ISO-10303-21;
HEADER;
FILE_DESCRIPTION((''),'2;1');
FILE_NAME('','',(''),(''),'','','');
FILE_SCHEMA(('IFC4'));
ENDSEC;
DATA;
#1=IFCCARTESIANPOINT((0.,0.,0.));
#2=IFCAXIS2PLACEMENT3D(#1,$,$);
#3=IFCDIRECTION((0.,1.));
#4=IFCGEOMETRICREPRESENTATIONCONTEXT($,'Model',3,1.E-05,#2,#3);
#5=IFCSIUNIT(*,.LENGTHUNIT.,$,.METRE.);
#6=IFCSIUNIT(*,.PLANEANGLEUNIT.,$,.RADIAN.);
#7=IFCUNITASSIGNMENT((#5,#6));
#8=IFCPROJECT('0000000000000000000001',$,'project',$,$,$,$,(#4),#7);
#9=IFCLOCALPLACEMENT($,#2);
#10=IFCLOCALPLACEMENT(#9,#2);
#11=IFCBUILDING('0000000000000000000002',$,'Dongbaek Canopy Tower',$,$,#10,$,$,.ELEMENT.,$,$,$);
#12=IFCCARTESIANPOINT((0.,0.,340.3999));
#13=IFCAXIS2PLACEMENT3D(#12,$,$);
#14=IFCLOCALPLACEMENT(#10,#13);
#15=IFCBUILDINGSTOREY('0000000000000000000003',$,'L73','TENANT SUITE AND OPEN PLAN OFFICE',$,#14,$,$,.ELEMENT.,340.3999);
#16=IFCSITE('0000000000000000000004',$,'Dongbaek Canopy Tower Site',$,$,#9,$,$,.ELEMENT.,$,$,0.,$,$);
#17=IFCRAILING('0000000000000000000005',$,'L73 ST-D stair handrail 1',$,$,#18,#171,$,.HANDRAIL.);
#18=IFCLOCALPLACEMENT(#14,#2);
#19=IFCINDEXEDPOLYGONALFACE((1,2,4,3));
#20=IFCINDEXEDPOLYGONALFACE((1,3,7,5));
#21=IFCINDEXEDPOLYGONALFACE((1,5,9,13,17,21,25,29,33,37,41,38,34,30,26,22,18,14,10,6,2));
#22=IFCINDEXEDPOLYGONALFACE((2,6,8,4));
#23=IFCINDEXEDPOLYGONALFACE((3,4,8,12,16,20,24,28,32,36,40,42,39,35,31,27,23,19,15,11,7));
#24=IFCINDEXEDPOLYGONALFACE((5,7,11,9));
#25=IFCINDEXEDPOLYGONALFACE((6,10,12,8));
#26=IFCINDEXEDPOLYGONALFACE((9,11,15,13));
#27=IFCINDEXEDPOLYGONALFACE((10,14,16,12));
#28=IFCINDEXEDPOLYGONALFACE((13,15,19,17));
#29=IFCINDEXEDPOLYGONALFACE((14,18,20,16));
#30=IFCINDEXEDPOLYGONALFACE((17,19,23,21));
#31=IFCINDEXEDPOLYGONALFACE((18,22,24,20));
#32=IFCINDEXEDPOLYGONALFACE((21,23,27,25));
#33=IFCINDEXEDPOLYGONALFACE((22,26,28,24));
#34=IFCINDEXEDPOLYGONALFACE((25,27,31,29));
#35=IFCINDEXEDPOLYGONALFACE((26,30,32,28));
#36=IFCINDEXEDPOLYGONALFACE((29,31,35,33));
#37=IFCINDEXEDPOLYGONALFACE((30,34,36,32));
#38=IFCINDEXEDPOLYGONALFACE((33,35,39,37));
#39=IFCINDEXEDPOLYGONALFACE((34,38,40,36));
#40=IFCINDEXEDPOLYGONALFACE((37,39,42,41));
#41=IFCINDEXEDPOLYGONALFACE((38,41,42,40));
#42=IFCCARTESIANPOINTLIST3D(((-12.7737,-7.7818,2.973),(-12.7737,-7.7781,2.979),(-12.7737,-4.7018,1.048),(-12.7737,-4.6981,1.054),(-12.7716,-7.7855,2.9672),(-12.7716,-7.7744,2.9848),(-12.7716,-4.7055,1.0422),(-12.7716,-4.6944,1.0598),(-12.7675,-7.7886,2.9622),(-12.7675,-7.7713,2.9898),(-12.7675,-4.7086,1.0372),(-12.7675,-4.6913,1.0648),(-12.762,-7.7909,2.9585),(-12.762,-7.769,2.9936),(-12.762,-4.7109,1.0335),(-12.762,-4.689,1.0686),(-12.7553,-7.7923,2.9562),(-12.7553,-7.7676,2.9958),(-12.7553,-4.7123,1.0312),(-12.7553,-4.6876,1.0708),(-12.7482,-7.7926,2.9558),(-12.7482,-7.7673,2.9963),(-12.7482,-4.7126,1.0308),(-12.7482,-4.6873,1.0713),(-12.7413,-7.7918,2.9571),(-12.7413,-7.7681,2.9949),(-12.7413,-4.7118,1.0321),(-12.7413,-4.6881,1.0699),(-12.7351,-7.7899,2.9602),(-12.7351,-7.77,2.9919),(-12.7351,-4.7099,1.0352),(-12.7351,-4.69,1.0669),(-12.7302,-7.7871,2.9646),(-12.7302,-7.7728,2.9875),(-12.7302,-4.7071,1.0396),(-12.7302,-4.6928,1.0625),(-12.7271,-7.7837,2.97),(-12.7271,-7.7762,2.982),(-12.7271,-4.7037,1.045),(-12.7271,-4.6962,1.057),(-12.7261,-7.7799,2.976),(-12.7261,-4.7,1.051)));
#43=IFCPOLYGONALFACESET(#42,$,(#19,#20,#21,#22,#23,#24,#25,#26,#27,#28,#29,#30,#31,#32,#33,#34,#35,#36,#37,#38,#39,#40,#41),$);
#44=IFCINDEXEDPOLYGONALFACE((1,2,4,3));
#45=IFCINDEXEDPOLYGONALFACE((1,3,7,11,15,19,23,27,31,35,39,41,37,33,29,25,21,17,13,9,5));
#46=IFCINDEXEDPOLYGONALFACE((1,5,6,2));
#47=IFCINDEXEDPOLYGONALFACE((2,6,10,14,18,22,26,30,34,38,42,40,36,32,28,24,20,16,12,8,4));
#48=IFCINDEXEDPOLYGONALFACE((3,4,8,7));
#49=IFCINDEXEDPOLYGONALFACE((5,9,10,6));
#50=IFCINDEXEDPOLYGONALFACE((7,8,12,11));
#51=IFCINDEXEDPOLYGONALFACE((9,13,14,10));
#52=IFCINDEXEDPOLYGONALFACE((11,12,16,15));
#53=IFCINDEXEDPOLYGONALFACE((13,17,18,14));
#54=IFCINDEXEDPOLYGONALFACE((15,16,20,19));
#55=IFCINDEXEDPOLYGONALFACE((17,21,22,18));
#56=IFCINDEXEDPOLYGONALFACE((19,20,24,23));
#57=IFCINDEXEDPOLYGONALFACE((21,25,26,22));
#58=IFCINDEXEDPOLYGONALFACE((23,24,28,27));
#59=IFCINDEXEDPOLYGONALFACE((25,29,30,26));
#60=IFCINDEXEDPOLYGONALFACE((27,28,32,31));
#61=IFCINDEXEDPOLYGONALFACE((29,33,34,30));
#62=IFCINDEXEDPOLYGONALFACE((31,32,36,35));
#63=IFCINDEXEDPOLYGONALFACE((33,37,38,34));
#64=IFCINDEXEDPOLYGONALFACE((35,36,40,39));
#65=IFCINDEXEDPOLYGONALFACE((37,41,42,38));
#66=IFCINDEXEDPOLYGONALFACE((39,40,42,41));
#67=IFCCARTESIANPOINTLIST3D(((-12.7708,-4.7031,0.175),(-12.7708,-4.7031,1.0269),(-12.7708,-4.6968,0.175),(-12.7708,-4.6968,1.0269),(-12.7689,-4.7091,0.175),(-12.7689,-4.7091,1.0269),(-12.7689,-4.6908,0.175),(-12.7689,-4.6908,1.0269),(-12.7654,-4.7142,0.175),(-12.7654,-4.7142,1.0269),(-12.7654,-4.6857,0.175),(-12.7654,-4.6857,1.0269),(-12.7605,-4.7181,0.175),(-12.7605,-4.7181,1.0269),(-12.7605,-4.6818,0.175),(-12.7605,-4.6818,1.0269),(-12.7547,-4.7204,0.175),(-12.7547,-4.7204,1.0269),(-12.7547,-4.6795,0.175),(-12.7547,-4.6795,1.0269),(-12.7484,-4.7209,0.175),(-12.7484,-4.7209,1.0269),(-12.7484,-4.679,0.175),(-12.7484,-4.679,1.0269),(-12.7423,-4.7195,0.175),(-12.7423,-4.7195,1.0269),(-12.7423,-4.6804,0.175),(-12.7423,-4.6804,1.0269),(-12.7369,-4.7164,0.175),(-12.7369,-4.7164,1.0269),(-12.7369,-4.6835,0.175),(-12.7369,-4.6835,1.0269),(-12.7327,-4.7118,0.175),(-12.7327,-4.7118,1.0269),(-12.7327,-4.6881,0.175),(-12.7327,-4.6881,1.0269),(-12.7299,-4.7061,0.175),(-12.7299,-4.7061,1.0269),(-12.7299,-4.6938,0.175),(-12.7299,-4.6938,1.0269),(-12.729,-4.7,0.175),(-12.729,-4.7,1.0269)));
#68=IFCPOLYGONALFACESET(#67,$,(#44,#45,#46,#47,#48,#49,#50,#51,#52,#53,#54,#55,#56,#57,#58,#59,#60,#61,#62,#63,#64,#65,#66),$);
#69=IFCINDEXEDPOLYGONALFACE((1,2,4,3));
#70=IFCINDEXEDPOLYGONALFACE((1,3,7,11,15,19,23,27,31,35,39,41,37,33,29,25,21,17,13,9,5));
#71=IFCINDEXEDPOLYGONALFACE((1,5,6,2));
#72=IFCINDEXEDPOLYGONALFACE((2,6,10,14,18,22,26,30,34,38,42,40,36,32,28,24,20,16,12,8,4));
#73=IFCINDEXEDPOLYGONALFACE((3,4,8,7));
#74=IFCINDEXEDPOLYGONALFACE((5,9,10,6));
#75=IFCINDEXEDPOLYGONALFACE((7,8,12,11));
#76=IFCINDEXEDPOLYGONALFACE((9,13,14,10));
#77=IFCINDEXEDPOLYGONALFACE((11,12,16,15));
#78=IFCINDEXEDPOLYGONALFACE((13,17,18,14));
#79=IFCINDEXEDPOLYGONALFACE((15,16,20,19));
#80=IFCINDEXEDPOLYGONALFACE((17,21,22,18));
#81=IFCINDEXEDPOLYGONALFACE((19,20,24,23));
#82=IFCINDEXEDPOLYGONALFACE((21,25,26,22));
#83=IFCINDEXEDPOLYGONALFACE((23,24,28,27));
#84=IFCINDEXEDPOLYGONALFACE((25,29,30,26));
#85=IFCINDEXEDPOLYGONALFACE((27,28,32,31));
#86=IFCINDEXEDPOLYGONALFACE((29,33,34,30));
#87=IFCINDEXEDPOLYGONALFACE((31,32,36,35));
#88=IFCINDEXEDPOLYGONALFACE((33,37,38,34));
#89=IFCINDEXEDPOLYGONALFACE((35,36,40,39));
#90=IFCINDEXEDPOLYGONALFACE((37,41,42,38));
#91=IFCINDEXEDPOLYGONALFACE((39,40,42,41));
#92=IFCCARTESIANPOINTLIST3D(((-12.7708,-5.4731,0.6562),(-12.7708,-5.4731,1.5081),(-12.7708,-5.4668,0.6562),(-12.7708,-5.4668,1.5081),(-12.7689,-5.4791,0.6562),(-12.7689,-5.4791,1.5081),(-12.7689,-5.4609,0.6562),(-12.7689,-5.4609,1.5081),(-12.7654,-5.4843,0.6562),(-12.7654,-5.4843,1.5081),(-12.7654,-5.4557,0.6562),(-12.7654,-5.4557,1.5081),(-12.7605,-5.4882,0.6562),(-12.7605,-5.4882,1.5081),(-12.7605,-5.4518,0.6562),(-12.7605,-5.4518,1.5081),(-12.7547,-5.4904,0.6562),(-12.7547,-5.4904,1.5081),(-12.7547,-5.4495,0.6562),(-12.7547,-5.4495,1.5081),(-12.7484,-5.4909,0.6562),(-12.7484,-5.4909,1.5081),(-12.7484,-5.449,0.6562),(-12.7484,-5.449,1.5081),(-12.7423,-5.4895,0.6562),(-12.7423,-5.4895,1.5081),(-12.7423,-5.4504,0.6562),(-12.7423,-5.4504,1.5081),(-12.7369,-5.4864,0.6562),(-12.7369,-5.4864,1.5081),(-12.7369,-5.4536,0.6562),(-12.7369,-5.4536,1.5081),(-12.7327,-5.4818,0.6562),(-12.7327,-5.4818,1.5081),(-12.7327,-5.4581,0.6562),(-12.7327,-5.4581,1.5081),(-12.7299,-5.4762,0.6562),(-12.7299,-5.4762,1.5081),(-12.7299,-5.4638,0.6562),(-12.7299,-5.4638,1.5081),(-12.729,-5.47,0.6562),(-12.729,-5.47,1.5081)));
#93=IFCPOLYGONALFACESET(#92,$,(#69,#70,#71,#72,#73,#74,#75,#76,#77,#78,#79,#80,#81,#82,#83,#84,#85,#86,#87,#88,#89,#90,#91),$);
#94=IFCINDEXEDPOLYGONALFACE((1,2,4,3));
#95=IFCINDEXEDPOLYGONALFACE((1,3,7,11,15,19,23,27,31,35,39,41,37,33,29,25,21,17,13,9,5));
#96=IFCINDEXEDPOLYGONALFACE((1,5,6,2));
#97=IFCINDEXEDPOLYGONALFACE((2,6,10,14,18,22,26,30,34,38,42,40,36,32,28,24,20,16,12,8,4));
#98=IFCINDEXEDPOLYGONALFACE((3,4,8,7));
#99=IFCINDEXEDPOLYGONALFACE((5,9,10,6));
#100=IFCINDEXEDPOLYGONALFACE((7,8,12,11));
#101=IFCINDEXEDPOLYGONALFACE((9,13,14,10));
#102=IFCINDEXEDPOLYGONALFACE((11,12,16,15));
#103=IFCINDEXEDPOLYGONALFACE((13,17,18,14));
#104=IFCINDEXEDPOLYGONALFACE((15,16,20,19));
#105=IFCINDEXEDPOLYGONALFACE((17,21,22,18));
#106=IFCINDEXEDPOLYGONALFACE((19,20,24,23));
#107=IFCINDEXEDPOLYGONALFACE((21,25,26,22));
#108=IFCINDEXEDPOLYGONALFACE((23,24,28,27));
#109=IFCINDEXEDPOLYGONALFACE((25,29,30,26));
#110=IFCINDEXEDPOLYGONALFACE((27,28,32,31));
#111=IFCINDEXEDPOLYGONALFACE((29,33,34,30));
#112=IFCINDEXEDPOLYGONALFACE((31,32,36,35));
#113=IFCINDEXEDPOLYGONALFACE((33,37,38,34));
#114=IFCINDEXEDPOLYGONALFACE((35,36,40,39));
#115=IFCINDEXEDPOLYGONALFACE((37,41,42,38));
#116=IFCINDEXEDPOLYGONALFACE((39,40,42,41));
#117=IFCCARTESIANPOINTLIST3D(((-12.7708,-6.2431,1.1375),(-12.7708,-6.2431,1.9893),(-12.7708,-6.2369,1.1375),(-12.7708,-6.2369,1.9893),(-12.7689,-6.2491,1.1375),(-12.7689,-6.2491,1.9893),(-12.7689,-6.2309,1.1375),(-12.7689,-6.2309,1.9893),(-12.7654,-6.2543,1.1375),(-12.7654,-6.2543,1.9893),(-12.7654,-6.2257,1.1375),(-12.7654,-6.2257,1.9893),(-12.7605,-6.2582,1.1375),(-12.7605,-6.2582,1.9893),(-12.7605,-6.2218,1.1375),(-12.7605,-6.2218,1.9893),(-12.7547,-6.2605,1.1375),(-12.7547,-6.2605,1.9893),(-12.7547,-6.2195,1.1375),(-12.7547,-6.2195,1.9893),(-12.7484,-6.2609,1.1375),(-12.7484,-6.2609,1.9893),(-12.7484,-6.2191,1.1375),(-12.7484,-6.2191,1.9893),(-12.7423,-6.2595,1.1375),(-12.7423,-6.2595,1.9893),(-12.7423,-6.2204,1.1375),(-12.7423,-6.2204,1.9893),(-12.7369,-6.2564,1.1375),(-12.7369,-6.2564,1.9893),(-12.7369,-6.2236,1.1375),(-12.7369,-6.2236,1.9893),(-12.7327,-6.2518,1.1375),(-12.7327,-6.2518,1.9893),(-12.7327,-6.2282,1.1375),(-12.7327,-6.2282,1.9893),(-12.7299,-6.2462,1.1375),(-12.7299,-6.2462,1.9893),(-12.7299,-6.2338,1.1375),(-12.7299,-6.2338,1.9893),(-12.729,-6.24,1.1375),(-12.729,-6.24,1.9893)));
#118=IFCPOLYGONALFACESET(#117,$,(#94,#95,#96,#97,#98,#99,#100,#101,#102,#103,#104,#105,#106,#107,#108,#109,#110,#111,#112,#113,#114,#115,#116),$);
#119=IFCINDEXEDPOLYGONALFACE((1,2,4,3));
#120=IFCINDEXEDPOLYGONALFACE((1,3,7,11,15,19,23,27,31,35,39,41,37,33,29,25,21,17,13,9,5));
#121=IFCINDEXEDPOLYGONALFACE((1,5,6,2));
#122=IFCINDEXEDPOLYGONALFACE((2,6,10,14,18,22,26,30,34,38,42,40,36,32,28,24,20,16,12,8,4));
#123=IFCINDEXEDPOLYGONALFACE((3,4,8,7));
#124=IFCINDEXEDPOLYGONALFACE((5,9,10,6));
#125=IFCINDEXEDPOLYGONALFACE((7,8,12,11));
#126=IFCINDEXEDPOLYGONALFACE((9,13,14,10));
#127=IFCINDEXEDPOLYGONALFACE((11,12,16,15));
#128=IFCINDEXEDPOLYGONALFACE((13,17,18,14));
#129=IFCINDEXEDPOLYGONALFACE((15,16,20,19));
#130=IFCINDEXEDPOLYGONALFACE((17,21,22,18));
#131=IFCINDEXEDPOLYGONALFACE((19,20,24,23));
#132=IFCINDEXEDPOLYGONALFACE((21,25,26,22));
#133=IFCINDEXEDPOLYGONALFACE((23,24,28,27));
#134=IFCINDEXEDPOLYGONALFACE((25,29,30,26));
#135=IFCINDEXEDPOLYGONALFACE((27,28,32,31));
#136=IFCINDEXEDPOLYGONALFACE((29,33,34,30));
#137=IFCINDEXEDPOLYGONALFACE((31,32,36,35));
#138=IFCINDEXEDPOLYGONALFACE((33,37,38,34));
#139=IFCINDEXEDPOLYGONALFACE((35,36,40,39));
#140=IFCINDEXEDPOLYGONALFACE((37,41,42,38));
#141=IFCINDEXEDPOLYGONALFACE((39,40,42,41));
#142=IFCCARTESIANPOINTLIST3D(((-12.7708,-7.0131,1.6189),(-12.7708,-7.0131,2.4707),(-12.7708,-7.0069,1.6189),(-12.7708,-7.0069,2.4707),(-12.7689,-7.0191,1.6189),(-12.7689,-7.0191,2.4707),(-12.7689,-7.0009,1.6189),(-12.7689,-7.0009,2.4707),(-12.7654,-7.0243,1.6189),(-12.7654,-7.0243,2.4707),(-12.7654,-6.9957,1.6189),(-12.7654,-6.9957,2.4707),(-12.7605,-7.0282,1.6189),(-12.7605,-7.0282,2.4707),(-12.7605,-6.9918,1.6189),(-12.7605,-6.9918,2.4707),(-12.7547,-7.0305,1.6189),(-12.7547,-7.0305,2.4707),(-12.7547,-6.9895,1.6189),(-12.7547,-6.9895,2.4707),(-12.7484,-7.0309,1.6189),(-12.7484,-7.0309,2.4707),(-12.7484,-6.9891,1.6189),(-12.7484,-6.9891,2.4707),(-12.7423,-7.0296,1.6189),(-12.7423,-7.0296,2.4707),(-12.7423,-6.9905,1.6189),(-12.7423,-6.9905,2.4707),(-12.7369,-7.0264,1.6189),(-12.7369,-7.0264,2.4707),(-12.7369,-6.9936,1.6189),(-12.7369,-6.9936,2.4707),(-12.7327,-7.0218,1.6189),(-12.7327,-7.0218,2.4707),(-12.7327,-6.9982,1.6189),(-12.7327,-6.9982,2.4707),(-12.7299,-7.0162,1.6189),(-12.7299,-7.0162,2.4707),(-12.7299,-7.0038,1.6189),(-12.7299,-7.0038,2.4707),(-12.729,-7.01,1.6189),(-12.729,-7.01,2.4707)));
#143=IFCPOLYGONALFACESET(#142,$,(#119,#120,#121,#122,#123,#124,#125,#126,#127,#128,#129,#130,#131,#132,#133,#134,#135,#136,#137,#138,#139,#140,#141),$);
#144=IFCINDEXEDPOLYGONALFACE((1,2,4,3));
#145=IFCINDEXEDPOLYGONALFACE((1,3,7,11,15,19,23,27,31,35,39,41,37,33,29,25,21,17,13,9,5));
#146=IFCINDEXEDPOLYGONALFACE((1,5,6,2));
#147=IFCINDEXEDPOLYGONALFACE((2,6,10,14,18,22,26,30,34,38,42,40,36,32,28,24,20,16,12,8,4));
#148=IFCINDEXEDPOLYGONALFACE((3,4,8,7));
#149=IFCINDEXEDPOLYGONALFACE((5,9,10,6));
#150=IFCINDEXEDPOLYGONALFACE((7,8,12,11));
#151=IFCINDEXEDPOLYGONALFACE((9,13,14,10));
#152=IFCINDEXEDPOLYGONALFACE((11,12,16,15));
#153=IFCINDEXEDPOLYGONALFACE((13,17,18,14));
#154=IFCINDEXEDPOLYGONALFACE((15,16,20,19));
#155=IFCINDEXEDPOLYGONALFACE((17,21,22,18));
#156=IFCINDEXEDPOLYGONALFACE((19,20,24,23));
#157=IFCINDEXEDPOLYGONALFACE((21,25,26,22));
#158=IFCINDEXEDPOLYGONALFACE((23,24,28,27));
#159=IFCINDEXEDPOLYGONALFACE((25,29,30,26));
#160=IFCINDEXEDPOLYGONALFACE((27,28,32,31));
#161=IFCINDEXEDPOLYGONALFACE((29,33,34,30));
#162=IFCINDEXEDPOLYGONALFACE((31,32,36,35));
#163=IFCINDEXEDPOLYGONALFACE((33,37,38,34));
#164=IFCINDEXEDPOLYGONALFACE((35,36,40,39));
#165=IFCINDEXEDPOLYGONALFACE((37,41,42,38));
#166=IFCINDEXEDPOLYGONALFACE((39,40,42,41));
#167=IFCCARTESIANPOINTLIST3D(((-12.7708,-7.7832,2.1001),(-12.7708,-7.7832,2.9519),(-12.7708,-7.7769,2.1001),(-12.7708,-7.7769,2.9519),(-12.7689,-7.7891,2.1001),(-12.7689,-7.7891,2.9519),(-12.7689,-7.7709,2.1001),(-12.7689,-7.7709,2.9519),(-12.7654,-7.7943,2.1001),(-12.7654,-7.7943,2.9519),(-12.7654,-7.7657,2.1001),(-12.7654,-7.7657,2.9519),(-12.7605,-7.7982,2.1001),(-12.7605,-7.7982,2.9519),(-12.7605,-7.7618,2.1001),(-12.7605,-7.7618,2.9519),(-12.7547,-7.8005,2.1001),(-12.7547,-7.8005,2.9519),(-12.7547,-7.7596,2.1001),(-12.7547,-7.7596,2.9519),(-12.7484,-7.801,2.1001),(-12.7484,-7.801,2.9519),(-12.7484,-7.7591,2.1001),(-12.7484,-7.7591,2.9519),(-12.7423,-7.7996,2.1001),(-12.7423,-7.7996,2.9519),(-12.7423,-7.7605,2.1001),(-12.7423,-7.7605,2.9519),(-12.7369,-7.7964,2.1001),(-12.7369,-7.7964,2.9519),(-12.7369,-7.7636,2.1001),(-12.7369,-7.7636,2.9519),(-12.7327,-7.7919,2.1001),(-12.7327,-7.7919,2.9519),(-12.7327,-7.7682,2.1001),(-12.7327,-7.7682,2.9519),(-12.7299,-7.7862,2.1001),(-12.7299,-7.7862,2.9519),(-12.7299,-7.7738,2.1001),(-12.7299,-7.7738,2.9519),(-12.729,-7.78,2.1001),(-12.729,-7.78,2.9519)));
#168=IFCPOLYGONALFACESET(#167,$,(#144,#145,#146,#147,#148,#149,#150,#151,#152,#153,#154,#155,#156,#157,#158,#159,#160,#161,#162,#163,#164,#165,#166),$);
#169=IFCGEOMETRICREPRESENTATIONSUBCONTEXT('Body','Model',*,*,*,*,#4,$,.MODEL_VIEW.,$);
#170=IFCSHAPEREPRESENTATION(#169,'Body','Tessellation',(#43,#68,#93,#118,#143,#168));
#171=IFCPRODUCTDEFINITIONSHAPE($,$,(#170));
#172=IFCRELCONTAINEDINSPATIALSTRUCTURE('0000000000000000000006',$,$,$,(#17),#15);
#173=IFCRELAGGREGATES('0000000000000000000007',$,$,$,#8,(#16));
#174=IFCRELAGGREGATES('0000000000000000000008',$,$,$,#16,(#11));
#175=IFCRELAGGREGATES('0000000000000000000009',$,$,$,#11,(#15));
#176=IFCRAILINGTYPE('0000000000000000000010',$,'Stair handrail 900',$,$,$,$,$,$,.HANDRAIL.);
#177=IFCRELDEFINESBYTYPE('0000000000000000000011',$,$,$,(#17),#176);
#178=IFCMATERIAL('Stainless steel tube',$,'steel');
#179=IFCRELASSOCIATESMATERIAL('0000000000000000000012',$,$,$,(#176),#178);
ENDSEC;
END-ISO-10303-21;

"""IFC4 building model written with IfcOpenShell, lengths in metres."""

from ifc_helpers import new_model, si_unit, direction, frame, origin, origin_2d, place, context, subcontext, project, spatial, circle, extrude, material, type_object, element, save


model = new_model("IFC4")

# Units and contexts
model_context = context("Model", 3, precision=1e-05, world=origin(), true_north=direction((0.0, 1.0)))
body_context = subcontext(model_context, "Body", "Model", "MODEL_VIEW")
ifc_project = project(units=[si_unit("LENGTHUNIT", "METRE"), si_unit("PLANEANGLEUNIT", "RADIAN")], contexts=[model_context])

# Site, building, storey
site_placement = place(None, origin())
site = spatial("IfcSite", under=ifc_project, at=site_placement, Name="Dongbaek Canopy Tower Site", CompositionType="ELEMENT", RefElevation=0.0)
building_placement = place(site_placement, origin())
building = spatial("IfcBuilding", under=site, at=building_placement, Name="Dongbaek Canopy Tower", CompositionType="ELEMENT")
storey_placement = place(building_placement, frame((0.0, 0.0, 340.3999)))
storey = spatial("IfcBuildingStorey", under=building, at=storey_placement, Name="L73", Description="TENANT SUITE AND OPEN PLAN OFFICE", CompositionType="ELEMENT", Elevation=340.3999)

# Railing
ifc_material_1 = material(Name="Stainless steel tube", Category="steel")
railing_type_1 = type_object("IfcRailingType", Name="Stair handrail 900", PredefinedType="HANDRAIL", material=ifc_material_1)
railing_1_placement = place(storey_placement, frame((-12.75, -4.7, 0.175)))
element("IfcRailing", 1, at=railing_1_placement, inside=storey, type_object=railing_type_1, Name="L73 ST-D stair handrail 1", PredefinedType="HANDRAIL", context=body_context, shape_type="SweptSolid", body=[
    extrude(circle(Radius=0.0239, at=origin_2d()), frame((0.0, 0.0, 0.876), z_axis=(0.0, -0.847998, 0.529999), x_axis=(1.0, 0.0, 0.0)), (0.0, 0.0, 1.0), 3.6321),
    extrude(circle(Radius=0.021, at=origin_2d()), origin(), (0.0, 0.0, 1.0), 0.8518),
    extrude(circle(Radius=0.021, at=origin_2d()), frame((0.0, -0.77, 0.4812)), (0.0, 0.0, 1.0), 0.8518),
    extrude(circle(Radius=0.021, at=origin_2d()), frame((0.0, -1.54, 0.9624)), (0.0, 0.0, 1.0), 0.8518),
    extrude(circle(Radius=0.021, at=origin_2d()), frame((0.0, -2.3101, 1.4438)), (0.0, 0.0, 1.0), 0.8518),
    extrude(circle(Radius=0.021, at=origin_2d()), frame((0.0, -3.0801, 1.925)), (0.0, 0.0, 1.0), 0.8518),
])

save(model, "model.ifc")
